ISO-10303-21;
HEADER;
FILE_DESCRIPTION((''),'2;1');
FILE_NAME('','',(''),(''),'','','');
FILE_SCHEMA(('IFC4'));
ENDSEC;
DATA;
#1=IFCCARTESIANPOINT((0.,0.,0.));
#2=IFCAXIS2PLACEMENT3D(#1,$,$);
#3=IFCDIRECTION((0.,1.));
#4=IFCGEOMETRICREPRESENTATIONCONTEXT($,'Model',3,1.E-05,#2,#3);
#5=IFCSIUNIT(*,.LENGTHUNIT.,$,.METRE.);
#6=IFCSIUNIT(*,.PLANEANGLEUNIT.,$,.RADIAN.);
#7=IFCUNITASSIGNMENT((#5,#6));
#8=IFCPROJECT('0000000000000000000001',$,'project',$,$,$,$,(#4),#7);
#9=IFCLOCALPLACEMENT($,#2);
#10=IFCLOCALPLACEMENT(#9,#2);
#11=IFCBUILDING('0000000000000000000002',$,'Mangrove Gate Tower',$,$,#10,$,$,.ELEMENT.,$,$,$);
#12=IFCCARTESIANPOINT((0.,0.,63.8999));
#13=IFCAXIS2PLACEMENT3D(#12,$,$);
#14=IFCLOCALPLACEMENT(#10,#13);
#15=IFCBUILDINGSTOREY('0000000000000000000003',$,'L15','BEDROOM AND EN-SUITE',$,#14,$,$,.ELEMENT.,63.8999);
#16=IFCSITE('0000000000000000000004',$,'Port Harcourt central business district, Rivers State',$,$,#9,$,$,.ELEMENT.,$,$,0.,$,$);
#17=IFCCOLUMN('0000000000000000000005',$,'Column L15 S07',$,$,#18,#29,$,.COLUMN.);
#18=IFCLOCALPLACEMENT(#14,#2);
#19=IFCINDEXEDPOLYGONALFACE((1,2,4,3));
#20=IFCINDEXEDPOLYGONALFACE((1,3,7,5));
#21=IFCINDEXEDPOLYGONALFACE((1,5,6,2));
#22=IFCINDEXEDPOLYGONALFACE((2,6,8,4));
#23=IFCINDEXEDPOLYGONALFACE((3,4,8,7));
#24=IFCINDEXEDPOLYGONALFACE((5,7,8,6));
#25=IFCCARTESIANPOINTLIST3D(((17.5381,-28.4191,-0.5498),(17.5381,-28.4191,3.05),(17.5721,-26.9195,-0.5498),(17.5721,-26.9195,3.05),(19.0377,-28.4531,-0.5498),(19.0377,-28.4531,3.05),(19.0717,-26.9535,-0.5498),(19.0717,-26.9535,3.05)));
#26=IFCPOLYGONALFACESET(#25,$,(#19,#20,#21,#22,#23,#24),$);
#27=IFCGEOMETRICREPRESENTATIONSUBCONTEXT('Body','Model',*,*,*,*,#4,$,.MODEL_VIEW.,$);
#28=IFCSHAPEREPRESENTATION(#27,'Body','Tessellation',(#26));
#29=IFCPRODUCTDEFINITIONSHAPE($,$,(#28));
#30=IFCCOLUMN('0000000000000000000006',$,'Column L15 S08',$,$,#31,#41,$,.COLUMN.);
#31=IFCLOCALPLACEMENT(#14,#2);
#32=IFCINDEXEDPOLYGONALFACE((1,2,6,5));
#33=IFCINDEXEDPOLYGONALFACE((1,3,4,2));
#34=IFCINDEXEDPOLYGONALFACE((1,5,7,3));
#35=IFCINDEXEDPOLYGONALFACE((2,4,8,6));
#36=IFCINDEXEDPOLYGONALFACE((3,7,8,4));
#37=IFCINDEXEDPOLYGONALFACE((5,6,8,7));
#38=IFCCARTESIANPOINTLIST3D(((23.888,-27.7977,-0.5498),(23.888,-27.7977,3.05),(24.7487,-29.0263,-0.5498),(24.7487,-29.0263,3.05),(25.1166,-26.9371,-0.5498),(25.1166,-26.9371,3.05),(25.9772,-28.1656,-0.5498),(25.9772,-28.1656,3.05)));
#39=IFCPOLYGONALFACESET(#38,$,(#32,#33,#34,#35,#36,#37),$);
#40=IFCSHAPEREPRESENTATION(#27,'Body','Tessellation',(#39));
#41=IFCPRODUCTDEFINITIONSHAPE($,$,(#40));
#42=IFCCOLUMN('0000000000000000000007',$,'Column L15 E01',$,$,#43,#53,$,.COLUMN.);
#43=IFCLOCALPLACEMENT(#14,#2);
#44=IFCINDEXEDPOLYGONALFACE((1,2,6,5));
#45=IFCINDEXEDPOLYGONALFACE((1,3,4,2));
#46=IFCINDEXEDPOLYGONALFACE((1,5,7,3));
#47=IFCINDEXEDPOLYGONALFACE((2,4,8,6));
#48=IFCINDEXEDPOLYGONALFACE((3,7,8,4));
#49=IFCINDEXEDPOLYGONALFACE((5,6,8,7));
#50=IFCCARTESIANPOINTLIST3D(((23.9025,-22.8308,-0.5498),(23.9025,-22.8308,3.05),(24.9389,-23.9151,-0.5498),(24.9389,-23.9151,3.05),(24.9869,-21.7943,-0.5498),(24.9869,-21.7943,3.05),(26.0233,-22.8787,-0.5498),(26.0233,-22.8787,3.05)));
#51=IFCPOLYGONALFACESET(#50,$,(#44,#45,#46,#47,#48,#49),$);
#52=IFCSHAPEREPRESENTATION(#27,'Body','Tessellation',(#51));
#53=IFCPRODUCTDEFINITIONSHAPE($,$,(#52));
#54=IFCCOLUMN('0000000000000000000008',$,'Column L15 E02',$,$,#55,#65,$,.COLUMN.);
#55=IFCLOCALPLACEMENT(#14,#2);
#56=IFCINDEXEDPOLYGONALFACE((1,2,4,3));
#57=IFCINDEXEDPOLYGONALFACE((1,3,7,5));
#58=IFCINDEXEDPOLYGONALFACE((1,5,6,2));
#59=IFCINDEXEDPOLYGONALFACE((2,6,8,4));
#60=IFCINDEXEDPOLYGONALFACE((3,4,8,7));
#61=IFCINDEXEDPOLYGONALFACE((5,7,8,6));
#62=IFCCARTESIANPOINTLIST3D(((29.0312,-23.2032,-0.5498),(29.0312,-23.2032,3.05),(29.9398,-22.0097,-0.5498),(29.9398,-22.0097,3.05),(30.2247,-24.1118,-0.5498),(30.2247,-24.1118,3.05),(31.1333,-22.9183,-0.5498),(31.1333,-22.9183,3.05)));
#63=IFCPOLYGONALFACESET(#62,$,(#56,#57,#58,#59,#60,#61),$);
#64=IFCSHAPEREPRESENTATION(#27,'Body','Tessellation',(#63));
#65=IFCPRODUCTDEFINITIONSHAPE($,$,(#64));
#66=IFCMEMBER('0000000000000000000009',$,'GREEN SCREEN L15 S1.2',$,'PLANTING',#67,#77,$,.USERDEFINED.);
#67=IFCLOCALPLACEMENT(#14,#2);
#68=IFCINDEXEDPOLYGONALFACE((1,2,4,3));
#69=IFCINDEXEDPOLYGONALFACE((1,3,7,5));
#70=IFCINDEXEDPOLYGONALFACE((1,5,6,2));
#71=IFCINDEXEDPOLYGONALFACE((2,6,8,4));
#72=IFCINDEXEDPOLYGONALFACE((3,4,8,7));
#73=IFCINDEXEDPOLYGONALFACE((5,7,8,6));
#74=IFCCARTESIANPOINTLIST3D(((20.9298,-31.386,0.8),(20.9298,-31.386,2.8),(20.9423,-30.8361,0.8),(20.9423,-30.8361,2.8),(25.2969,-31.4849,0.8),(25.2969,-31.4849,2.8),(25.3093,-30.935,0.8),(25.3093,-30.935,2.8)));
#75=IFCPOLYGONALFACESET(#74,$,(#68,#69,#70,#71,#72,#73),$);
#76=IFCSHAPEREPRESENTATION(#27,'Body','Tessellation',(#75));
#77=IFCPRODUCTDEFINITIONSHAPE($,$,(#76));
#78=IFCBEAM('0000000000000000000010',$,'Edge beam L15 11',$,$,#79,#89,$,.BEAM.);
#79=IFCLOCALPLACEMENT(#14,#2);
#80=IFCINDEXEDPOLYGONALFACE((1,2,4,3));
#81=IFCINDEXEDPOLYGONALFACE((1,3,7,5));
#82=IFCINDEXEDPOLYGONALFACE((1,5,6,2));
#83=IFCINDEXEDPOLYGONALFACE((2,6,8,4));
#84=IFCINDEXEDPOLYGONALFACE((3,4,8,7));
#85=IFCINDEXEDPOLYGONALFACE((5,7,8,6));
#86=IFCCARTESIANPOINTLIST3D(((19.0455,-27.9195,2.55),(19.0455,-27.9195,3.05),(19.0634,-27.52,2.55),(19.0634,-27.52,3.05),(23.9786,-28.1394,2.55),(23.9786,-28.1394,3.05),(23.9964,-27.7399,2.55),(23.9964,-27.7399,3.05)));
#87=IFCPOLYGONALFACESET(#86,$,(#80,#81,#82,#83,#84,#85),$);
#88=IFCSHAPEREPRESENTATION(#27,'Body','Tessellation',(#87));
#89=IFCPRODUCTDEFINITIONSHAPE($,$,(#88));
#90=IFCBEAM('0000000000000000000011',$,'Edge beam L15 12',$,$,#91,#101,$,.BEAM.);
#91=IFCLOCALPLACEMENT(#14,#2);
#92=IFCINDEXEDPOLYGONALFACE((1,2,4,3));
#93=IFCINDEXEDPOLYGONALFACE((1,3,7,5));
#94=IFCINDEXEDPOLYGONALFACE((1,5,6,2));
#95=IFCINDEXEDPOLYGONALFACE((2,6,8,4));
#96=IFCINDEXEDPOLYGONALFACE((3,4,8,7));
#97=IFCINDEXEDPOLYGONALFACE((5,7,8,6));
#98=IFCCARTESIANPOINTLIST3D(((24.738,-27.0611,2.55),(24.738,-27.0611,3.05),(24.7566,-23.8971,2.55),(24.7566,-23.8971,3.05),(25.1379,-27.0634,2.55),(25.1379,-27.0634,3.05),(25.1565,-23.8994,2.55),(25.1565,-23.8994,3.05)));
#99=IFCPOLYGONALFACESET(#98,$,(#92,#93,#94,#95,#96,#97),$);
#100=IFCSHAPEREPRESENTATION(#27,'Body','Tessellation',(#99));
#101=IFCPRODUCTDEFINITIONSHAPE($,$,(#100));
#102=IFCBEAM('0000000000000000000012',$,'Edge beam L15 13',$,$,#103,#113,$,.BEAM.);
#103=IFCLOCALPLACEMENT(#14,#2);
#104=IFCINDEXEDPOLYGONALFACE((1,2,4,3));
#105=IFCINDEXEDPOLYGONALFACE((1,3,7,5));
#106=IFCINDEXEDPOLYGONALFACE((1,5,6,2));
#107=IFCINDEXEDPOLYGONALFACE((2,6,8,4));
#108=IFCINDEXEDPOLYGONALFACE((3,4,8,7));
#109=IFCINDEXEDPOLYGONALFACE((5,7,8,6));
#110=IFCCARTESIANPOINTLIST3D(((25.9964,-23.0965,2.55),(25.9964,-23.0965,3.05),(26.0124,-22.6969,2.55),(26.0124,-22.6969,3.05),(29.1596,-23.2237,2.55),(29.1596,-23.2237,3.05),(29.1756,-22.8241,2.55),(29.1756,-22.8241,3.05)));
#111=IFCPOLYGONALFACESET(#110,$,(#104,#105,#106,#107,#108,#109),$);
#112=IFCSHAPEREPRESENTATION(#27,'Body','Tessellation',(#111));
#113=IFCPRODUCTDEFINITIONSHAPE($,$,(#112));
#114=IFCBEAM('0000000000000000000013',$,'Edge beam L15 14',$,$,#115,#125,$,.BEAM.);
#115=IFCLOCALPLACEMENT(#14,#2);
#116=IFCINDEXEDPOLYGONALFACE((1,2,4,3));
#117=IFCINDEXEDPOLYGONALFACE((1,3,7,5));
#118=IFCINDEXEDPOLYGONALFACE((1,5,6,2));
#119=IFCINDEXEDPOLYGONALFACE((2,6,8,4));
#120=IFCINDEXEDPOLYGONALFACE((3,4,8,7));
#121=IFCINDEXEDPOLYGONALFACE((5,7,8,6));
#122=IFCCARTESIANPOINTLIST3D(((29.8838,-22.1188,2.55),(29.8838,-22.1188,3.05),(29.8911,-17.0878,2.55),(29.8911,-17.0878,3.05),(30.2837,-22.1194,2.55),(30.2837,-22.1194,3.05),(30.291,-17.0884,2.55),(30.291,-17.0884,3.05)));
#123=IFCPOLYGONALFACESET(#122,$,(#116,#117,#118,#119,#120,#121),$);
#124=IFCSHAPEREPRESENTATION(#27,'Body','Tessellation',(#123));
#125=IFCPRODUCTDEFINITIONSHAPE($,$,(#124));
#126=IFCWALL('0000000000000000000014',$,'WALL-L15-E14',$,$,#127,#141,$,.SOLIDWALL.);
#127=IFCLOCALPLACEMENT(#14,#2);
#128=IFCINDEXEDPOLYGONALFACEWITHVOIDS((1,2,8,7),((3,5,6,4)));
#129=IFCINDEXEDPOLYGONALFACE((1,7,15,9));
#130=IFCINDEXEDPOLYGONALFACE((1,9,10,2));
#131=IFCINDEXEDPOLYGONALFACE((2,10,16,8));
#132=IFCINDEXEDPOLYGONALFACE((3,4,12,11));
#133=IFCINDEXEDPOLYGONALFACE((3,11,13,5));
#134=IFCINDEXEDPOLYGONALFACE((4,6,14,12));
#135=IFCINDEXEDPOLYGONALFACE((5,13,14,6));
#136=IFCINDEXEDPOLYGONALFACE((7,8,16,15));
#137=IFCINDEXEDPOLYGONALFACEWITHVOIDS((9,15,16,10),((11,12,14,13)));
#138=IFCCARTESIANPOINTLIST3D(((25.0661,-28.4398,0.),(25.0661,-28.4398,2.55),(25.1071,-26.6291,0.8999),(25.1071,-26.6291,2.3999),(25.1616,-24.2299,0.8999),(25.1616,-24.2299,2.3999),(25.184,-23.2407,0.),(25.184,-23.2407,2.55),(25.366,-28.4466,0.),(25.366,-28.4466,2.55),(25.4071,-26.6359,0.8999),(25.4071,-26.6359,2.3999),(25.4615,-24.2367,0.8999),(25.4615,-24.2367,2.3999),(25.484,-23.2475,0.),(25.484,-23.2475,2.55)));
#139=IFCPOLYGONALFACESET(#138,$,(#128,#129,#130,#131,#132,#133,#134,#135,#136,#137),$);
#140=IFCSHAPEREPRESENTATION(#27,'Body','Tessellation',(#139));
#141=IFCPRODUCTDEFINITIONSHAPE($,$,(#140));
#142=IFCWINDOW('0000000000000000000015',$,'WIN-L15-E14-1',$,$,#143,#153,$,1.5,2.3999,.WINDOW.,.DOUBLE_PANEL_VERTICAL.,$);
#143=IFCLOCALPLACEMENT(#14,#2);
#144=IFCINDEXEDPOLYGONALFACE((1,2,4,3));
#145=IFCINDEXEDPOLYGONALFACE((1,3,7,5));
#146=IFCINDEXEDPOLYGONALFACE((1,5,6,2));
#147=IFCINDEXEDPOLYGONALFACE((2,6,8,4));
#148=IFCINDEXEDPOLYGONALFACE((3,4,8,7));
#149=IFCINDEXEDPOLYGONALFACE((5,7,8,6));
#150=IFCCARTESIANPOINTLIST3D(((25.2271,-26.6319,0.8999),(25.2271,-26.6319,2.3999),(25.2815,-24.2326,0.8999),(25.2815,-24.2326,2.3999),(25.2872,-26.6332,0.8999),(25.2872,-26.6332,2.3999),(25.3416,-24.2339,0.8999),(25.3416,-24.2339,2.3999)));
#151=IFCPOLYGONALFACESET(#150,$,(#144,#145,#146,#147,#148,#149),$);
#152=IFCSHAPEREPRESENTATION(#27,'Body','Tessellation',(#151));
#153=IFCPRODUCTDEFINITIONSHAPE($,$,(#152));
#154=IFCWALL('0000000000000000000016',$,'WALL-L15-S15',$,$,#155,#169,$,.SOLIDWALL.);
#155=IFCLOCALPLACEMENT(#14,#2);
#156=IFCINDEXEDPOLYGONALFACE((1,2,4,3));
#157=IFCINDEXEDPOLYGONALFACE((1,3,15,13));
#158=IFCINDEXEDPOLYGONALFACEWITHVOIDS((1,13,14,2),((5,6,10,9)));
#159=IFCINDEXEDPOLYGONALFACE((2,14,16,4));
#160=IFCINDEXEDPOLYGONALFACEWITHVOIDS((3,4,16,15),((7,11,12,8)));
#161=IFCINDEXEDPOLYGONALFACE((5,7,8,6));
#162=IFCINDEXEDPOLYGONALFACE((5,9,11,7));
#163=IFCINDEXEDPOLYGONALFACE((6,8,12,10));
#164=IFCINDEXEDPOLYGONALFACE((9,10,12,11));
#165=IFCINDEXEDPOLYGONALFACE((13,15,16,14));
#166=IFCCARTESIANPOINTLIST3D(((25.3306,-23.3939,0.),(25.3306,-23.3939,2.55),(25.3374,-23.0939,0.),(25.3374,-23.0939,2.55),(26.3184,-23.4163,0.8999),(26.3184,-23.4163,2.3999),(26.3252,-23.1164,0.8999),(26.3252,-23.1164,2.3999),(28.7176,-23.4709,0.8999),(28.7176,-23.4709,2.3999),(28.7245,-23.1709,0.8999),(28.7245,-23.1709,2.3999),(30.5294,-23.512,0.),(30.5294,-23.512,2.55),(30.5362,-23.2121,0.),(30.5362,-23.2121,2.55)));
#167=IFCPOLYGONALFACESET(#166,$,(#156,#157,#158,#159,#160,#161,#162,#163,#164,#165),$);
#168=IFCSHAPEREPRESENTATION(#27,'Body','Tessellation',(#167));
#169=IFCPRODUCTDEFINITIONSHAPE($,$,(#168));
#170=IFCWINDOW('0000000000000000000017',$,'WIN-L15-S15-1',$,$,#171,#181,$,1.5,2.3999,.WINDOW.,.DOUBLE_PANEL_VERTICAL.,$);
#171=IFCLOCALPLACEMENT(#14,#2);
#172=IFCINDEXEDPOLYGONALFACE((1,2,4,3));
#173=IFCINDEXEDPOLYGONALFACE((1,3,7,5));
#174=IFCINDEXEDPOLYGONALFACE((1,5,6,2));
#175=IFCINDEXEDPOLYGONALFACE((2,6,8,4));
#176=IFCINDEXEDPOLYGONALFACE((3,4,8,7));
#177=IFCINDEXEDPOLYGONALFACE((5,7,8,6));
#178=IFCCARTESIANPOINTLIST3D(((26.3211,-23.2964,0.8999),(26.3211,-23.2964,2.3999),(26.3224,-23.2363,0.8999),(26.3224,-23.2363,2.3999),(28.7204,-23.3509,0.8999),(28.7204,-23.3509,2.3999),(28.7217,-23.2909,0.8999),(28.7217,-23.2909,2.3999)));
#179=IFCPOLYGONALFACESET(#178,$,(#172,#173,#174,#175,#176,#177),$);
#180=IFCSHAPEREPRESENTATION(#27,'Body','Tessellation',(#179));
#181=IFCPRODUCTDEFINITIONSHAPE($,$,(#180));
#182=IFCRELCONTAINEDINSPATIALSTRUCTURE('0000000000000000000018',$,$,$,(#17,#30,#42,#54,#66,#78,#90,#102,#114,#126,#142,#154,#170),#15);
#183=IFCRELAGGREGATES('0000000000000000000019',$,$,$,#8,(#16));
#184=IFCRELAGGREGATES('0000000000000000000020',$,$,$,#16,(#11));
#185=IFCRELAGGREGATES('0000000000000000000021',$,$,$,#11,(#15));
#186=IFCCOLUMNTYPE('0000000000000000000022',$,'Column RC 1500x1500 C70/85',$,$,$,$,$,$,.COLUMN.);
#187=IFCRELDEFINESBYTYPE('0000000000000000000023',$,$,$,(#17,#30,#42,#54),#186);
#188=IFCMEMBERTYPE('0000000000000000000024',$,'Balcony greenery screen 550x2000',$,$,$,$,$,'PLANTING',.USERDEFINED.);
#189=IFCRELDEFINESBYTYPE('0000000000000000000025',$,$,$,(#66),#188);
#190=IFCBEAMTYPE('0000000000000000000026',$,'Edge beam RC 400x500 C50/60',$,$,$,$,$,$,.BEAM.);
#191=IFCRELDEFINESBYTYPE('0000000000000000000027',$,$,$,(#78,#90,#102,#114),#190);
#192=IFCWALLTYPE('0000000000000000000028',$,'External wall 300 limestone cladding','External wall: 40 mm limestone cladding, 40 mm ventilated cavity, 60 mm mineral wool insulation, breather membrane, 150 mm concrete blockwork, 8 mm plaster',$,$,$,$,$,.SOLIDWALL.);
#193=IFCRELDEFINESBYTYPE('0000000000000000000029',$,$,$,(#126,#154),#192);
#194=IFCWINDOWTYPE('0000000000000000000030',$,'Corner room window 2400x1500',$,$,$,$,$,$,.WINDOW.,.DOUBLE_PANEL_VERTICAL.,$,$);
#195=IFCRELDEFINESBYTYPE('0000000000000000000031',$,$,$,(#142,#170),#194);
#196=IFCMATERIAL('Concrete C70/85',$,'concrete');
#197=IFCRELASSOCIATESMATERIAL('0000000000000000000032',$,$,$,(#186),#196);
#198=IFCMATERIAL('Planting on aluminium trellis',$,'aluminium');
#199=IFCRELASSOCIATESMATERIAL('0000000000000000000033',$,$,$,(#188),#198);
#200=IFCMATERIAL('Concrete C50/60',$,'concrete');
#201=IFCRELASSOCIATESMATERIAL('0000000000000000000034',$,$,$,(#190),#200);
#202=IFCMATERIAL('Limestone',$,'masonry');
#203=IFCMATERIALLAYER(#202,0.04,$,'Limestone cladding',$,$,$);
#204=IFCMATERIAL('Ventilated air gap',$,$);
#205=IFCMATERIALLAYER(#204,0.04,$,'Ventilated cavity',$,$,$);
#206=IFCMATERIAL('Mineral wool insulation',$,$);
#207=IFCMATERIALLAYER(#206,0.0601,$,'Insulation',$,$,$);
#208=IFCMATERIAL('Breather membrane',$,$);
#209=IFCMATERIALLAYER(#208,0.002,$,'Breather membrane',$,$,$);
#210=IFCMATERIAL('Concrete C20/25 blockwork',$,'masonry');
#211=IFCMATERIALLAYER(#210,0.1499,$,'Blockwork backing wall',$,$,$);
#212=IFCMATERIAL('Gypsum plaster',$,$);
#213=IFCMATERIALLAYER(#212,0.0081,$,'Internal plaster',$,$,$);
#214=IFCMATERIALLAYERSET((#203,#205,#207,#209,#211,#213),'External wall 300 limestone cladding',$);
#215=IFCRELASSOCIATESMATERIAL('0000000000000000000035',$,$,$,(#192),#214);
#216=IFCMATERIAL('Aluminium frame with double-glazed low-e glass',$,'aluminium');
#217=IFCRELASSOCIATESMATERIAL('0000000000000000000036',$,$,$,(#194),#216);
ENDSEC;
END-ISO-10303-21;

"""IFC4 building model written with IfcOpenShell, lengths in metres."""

from ifc_helpers import new_model, si_unit, direction, frame, frame_2d, origin, origin_2d, place, context, subcontext, project, spatial, rectangle, extrude, material, layer, layer_set, material_profile, profile_set, type_object, element, fill, save


model = new_model("IFC4")

# Units and contexts
model_context = context("Model", 3, precision=1e-05, world=origin(), true_north=direction((0.0, 1.0)))
body_context = subcontext(model_context, "Body", "Model", "MODEL_VIEW")
ifc_project = project(units=[si_unit("LENGTHUNIT", "METRE"), si_unit("PLANEANGLEUNIT", "RADIAN")], contexts=[model_context])

# Site, building, storey
site_placement = place(None, origin())
site = spatial("IfcSite", under=ifc_project, at=site_placement, Name="Port Harcourt central business district, Rivers State", CompositionType="ELEMENT", RefElevation=0.0)
building_placement = place(site_placement, origin())
building = spatial("IfcBuilding", under=site, at=building_placement, Name="Mangrove Gate Tower", CompositionType="ELEMENT")
storey_placement = place(building_placement, frame((0.0, 0.0, 63.8999)))
storey = spatial("IfcBuildingStorey", under=building, at=storey_placement, Name="L15", Description="BEDROOM AND EN-SUITE", CompositionType="ELEMENT", Elevation=63.8999)

# Columns
ifc_material_1 = material(Name="Concrete C70/85", Category="concrete")
ifc_material_profile_1 = material_profile(ifc_material_1, rectangle(XDim=1.5, YDim=1.5, at=origin_2d()))
ifc_profile_set_1 = profile_set([ifc_material_profile_1], Name="Concrete C70/85")
column_type = type_object("IfcColumnType", Name="Column RC 1500x1500 C70/85", PredefinedType="COLUMN", material=ifc_profile_set_1)
for number, where, z_axis, x_axis, name in (
    (1, (18.3049, -27.6863, -0.5498), (0.0, 0.0, 1.0), (0.999743, -0.02268, 0.0), "Column L15 S07"),
    (2, (24.9326, -27.9817, -0.5498), (0.0, 0.0, 1.0), (0.819023, 0.57376, 0.0), "Column L15 S08"),
    (3, (24.9629, -22.8547, -0.5498), (0.0, 0.0, 1.0), (0.722905, 0.690948, 0.0), "Column L15 E01"),
    (4, (30.0823, -23.0608, -0.5498), (0.0, 0.0, 1.0), (0.605733, 0.795668, 0.0), "Column L15 E02"),
):
    element("IfcColumn", number, at=place(storey_placement, frame(where, z_axis=z_axis, x_axis=x_axis)), inside=storey, type_object=column_type, Name=name, PredefinedType="COLUMN", context=body_context, shape_type="SweptSolid", body=[
        extrude(rectangle(XDim=1.5, YDim=1.5, at=origin_2d()), origin(), (0.0, 0.0, 1.0), 3.5999),
    ])

# Member
ifc_material_2 = material(Name="Planting on aluminium trellis", Category="aluminium")
ifc_material_profile_2 = material_profile(ifc_material_2, rectangle(XDim=0.55, YDim=2.0, at=origin_2d()))
ifc_profile_set_2 = profile_set([ifc_material_profile_2], Name="Planting on aluminium trellis")
member_type = type_object("IfcMemberType", Name="Balcony greenery screen 550x2000", ElementType="PLANTING", PredefinedType="USERDEFINED", material=ifc_profile_set_2)
member_placement = place(storey_placement, frame((20.936, -31.1111, 1.8), z_axis=(0.999744, -0.022636, 0.0), x_axis=(0.022636, 0.999744, 0.0)))
element("IfcMember", 5, at=member_placement, inside=storey, type_object=member_type, Name="GREEN SCREEN L15 S1.2", ObjectType="PLANTING", PredefinedType="USERDEFINED", context=body_context, shape_type="SweptSolid", body=[
    extrude(rectangle(XDim=0.55, YDim=2.0, at=origin_2d()), origin(), (0.0, 0.0, 1.0), 4.3682),
])

# Beams
ifc_material_3 = material(Name="Concrete C50/60", Category="concrete")
ifc_material_profile_3 = material_profile(ifc_material_3, rectangle(XDim=0.3999, YDim=0.5, at=origin_2d()))
ifc_profile_set_3 = profile_set([ifc_material_profile_3], Name="Concrete C50/60")
beam_type = type_object("IfcBeamType", Name="Edge beam RC 400x500 C50/60", PredefinedType="BEAM", material=ifc_profile_set_3)
beam_1_placement = place(storey_placement, frame((19.0544, -27.7197, 2.8), z_axis=(0.999007, -0.044546, 0.0), x_axis=(0.044546, 0.999007, 0.0)))
element("IfcBeam", 6, at=beam_1_placement, inside=storey, type_object=beam_type, Name="Edge beam L15 11", PredefinedType="BEAM", context=body_context, shape_type="SweptSolid", body=[
    extrude(rectangle(XDim=0.3999, YDim=0.5, at=origin_2d()), origin(), (0.0, 0.0, 1.0), 4.938),
])
beam_2_placement = place(storey_placement, frame((24.938, -27.0623, 2.8), z_axis=(0.005864, 0.999983, 0.0), x_axis=(-0.999983, 0.005864, 0.0)))
element("IfcBeam", 7, at=beam_2_placement, inside=storey, type_object=beam_type, Name="Edge beam L15 12", PredefinedType="BEAM", context=body_context, shape_type="SweptSolid", body=[
    extrude(rectangle(XDim=0.3999, YDim=0.5, at=origin_2d()), origin(), (0.0, 0.0, 1.0), 3.1641),
])
beam_3_placement = place(storey_placement, frame((26.0044, -22.8967, 2.8), z_axis=(0.999193, -0.040177, 0.0), x_axis=(0.040177, 0.999193, 0.0)))
element("IfcBeam", 8, at=beam_3_placement, inside=storey, type_object=beam_type, Name="Edge beam L15 13", PredefinedType="BEAM", context=body_context, shape_type="SweptSolid", body=[
    extrude(rectangle(XDim=0.3999, YDim=0.5, at=origin_2d()), origin(), (0.0, 0.0, 1.0), 3.1658),
])
beam_4_placement = place(storey_placement, frame((30.0837, -22.1191, 2.8), z_axis=(0.001456, 0.999999, 0.0), x_axis=(-0.999999, 0.001456, 0.0)))
element("IfcBeam", 9, at=beam_4_placement, inside=storey, type_object=beam_type, Name="Edge beam L15 14", PredefinedType="BEAM", context=body_context, shape_type="SweptSolid", body=[
    extrude(rectangle(XDim=0.3999, YDim=0.5, at=origin_2d()), origin(), (0.0, 0.0, 1.0), 5.031),
])

# Shared definitions
ifc_material_4 = material(Name="Limestone", Category="masonry")
ifc_layer_1 = layer(ifc_material_4, 0.04, Name="Limestone cladding")
ifc_material_5 = material(Name="Ventilated air gap")
ifc_layer_2 = layer(ifc_material_5, 0.04, Name="Ventilated cavity")
ifc_material_6 = material(Name="Mineral wool insulation")
ifc_layer_3 = layer(ifc_material_6, 0.0601, Name="Insulation")
ifc_material_7 = material(Name="Breather membrane")
ifc_layer_4 = layer(ifc_material_7, 0.002, Name="Breather membrane")
ifc_material_8 = material(Name="Concrete C20/25 blockwork", Category="masonry")
ifc_layer_5 = layer(ifc_material_8, 0.1499, Name="Blockwork backing wall")
ifc_material_9 = material(Name="Gypsum plaster")
ifc_layer_6 = layer(ifc_material_9, 0.0081, Name="Internal plaster")
ifc_layer_set_1 = layer_set([ifc_layer_1, ifc_layer_2, ifc_layer_3, ifc_layer_4, ifc_layer_5, ifc_layer_6], Name="External wall 300 limestone cladding")
wall_type_1 = type_object("IfcWallType", Name="External wall 300 limestone cladding", Description="External wall: 40 mm limestone cladding, 40 mm ventilated cavity, 60 mm mineral wool insulation, breather membrane, 150 mm concrete blockwork, 8 mm plaster", PredefinedType="SOLIDWALL", material=ifc_layer_set_1)
ifc_material_10 = material(Name="Aluminium frame with double-glazed low-e glass", Category="aluminium")
window_type = type_object("IfcWindowType", Name="Corner room window 2400x1500", PartitioningType="DOUBLE_PANEL_VERTICAL", PredefinedType="WINDOW", material=ifc_material_10)

# Walls, openings, windows
wall_1_placement = place(storey_placement, frame((25.2161, -28.4431, 0.0), z_axis=(0.0, 0.0, 1.0), x_axis=(0.022674, 0.999743, 0.0)))
wall_1 = element("IfcWall", 10, at=wall_1_placement, inside=storey, type_object=wall_type_1, Name="WALL-L15-E14", PredefinedType="SOLIDWALL", context=body_context, shape_type="SweptSolid", body=[
    extrude(rectangle(XDim=5.2004, YDim=0.3, at=frame_2d((2.6001, 0.0))), origin(), (0.0, 0.0, 1.0), 2.55),
])
opening_1_placement = place(wall_1_placement, frame((1.811, 0.0, 0.8999)))
opening_1 = element("IfcOpeningElement", 11, at=opening_1_placement, cuts=wall_1, PredefinedType="OPENING", context=body_context, shape_type="SweptSolid", body=[
    extrude(rectangle(XDim=2.3999, YDim=1.5, at=frame_2d((1.2, 0.75))), frame((0.0, 0.1599, 0.0), z_axis=(0.0, -1.0, 0.0), x_axis=(1.0, 0.0, 0.0)), (0.0, 0.0, 1.0), 0.3201),
])
window_1_placement = place(opening_1_placement, origin())
window_1 = element("IfcWindow", 12, at=window_1_placement, inside=storey, type_object=window_type, Name="WIN-L15-E14-1", OverallHeight=1.5, OverallWidth=2.3999, PartitioningType="DOUBLE_PANEL_VERTICAL", PredefinedType="WINDOW", context=body_context, shape_type="SweptSolid", body=[
    extrude(rectangle(XDim=2.3999, YDim=1.5, at=frame_2d((1.2, 0.75))), frame((0.0, 0.03, 0.0), z_axis=(0.0, -1.0, 0.0), x_axis=(1.0, 0.0, 0.0)), (0.0, 0.0, 1.0), 0.0601),
])
fill(opening_1, window_1)
wall_2_placement = place(storey_placement, frame((25.334, -23.2439, 0.0), z_axis=(0.0, 0.0, 1.0), x_axis=(0.999742, -0.022722, 0.0)))
wall_2 = element("IfcWall", 13, at=wall_2_placement, inside=storey, type_object=wall_type_1, Name="WALL-L15-S15", PredefinedType="SOLIDWALL", context=body_context, shape_type="SweptSolid", body=[
    extrude(rectangle(XDim=5.2002, YDim=0.3, at=frame_2d((2.6001, 0.0))), origin(), (0.0, 0.0, 1.0), 2.55),
])
opening_2_placement = place(wall_2_placement, frame((0.988, 0.0, 0.8999)))
opening_2 = element("IfcOpeningElement", 14, at=opening_2_placement, cuts=wall_2, PredefinedType="OPENING", context=body_context, shape_type="SweptSolid", body=[
    extrude(rectangle(XDim=2.3999, YDim=1.5, at=frame_2d((1.2, 0.75))), frame((0.0, 0.1599, 0.0), z_axis=(0.0, -1.0, 0.0), x_axis=(1.0, 0.0, 0.0)), (0.0, 0.0, 1.0), 0.3201),
])
window_2_placement = place(opening_2_placement, origin())
window_2 = element("IfcWindow", 15, at=window_2_placement, inside=storey, type_object=window_type, Name="WIN-L15-S15-1", OverallHeight=1.5, OverallWidth=2.3999, PartitioningType="DOUBLE_PANEL_VERTICAL", PredefinedType="WINDOW", context=body_context, shape_type="SweptSolid", body=[
    extrude(rectangle(XDim=2.3999, YDim=1.5, at=frame_2d((1.2, 0.75))), frame((0.0, 0.03, 0.0), z_axis=(0.0, -1.0, 0.0), x_axis=(1.0, 0.0, 0.0)), (0.0, 0.0, 1.0), 0.0601),
])
fill(opening_2, window_2)

save(model, "model.ifc")
